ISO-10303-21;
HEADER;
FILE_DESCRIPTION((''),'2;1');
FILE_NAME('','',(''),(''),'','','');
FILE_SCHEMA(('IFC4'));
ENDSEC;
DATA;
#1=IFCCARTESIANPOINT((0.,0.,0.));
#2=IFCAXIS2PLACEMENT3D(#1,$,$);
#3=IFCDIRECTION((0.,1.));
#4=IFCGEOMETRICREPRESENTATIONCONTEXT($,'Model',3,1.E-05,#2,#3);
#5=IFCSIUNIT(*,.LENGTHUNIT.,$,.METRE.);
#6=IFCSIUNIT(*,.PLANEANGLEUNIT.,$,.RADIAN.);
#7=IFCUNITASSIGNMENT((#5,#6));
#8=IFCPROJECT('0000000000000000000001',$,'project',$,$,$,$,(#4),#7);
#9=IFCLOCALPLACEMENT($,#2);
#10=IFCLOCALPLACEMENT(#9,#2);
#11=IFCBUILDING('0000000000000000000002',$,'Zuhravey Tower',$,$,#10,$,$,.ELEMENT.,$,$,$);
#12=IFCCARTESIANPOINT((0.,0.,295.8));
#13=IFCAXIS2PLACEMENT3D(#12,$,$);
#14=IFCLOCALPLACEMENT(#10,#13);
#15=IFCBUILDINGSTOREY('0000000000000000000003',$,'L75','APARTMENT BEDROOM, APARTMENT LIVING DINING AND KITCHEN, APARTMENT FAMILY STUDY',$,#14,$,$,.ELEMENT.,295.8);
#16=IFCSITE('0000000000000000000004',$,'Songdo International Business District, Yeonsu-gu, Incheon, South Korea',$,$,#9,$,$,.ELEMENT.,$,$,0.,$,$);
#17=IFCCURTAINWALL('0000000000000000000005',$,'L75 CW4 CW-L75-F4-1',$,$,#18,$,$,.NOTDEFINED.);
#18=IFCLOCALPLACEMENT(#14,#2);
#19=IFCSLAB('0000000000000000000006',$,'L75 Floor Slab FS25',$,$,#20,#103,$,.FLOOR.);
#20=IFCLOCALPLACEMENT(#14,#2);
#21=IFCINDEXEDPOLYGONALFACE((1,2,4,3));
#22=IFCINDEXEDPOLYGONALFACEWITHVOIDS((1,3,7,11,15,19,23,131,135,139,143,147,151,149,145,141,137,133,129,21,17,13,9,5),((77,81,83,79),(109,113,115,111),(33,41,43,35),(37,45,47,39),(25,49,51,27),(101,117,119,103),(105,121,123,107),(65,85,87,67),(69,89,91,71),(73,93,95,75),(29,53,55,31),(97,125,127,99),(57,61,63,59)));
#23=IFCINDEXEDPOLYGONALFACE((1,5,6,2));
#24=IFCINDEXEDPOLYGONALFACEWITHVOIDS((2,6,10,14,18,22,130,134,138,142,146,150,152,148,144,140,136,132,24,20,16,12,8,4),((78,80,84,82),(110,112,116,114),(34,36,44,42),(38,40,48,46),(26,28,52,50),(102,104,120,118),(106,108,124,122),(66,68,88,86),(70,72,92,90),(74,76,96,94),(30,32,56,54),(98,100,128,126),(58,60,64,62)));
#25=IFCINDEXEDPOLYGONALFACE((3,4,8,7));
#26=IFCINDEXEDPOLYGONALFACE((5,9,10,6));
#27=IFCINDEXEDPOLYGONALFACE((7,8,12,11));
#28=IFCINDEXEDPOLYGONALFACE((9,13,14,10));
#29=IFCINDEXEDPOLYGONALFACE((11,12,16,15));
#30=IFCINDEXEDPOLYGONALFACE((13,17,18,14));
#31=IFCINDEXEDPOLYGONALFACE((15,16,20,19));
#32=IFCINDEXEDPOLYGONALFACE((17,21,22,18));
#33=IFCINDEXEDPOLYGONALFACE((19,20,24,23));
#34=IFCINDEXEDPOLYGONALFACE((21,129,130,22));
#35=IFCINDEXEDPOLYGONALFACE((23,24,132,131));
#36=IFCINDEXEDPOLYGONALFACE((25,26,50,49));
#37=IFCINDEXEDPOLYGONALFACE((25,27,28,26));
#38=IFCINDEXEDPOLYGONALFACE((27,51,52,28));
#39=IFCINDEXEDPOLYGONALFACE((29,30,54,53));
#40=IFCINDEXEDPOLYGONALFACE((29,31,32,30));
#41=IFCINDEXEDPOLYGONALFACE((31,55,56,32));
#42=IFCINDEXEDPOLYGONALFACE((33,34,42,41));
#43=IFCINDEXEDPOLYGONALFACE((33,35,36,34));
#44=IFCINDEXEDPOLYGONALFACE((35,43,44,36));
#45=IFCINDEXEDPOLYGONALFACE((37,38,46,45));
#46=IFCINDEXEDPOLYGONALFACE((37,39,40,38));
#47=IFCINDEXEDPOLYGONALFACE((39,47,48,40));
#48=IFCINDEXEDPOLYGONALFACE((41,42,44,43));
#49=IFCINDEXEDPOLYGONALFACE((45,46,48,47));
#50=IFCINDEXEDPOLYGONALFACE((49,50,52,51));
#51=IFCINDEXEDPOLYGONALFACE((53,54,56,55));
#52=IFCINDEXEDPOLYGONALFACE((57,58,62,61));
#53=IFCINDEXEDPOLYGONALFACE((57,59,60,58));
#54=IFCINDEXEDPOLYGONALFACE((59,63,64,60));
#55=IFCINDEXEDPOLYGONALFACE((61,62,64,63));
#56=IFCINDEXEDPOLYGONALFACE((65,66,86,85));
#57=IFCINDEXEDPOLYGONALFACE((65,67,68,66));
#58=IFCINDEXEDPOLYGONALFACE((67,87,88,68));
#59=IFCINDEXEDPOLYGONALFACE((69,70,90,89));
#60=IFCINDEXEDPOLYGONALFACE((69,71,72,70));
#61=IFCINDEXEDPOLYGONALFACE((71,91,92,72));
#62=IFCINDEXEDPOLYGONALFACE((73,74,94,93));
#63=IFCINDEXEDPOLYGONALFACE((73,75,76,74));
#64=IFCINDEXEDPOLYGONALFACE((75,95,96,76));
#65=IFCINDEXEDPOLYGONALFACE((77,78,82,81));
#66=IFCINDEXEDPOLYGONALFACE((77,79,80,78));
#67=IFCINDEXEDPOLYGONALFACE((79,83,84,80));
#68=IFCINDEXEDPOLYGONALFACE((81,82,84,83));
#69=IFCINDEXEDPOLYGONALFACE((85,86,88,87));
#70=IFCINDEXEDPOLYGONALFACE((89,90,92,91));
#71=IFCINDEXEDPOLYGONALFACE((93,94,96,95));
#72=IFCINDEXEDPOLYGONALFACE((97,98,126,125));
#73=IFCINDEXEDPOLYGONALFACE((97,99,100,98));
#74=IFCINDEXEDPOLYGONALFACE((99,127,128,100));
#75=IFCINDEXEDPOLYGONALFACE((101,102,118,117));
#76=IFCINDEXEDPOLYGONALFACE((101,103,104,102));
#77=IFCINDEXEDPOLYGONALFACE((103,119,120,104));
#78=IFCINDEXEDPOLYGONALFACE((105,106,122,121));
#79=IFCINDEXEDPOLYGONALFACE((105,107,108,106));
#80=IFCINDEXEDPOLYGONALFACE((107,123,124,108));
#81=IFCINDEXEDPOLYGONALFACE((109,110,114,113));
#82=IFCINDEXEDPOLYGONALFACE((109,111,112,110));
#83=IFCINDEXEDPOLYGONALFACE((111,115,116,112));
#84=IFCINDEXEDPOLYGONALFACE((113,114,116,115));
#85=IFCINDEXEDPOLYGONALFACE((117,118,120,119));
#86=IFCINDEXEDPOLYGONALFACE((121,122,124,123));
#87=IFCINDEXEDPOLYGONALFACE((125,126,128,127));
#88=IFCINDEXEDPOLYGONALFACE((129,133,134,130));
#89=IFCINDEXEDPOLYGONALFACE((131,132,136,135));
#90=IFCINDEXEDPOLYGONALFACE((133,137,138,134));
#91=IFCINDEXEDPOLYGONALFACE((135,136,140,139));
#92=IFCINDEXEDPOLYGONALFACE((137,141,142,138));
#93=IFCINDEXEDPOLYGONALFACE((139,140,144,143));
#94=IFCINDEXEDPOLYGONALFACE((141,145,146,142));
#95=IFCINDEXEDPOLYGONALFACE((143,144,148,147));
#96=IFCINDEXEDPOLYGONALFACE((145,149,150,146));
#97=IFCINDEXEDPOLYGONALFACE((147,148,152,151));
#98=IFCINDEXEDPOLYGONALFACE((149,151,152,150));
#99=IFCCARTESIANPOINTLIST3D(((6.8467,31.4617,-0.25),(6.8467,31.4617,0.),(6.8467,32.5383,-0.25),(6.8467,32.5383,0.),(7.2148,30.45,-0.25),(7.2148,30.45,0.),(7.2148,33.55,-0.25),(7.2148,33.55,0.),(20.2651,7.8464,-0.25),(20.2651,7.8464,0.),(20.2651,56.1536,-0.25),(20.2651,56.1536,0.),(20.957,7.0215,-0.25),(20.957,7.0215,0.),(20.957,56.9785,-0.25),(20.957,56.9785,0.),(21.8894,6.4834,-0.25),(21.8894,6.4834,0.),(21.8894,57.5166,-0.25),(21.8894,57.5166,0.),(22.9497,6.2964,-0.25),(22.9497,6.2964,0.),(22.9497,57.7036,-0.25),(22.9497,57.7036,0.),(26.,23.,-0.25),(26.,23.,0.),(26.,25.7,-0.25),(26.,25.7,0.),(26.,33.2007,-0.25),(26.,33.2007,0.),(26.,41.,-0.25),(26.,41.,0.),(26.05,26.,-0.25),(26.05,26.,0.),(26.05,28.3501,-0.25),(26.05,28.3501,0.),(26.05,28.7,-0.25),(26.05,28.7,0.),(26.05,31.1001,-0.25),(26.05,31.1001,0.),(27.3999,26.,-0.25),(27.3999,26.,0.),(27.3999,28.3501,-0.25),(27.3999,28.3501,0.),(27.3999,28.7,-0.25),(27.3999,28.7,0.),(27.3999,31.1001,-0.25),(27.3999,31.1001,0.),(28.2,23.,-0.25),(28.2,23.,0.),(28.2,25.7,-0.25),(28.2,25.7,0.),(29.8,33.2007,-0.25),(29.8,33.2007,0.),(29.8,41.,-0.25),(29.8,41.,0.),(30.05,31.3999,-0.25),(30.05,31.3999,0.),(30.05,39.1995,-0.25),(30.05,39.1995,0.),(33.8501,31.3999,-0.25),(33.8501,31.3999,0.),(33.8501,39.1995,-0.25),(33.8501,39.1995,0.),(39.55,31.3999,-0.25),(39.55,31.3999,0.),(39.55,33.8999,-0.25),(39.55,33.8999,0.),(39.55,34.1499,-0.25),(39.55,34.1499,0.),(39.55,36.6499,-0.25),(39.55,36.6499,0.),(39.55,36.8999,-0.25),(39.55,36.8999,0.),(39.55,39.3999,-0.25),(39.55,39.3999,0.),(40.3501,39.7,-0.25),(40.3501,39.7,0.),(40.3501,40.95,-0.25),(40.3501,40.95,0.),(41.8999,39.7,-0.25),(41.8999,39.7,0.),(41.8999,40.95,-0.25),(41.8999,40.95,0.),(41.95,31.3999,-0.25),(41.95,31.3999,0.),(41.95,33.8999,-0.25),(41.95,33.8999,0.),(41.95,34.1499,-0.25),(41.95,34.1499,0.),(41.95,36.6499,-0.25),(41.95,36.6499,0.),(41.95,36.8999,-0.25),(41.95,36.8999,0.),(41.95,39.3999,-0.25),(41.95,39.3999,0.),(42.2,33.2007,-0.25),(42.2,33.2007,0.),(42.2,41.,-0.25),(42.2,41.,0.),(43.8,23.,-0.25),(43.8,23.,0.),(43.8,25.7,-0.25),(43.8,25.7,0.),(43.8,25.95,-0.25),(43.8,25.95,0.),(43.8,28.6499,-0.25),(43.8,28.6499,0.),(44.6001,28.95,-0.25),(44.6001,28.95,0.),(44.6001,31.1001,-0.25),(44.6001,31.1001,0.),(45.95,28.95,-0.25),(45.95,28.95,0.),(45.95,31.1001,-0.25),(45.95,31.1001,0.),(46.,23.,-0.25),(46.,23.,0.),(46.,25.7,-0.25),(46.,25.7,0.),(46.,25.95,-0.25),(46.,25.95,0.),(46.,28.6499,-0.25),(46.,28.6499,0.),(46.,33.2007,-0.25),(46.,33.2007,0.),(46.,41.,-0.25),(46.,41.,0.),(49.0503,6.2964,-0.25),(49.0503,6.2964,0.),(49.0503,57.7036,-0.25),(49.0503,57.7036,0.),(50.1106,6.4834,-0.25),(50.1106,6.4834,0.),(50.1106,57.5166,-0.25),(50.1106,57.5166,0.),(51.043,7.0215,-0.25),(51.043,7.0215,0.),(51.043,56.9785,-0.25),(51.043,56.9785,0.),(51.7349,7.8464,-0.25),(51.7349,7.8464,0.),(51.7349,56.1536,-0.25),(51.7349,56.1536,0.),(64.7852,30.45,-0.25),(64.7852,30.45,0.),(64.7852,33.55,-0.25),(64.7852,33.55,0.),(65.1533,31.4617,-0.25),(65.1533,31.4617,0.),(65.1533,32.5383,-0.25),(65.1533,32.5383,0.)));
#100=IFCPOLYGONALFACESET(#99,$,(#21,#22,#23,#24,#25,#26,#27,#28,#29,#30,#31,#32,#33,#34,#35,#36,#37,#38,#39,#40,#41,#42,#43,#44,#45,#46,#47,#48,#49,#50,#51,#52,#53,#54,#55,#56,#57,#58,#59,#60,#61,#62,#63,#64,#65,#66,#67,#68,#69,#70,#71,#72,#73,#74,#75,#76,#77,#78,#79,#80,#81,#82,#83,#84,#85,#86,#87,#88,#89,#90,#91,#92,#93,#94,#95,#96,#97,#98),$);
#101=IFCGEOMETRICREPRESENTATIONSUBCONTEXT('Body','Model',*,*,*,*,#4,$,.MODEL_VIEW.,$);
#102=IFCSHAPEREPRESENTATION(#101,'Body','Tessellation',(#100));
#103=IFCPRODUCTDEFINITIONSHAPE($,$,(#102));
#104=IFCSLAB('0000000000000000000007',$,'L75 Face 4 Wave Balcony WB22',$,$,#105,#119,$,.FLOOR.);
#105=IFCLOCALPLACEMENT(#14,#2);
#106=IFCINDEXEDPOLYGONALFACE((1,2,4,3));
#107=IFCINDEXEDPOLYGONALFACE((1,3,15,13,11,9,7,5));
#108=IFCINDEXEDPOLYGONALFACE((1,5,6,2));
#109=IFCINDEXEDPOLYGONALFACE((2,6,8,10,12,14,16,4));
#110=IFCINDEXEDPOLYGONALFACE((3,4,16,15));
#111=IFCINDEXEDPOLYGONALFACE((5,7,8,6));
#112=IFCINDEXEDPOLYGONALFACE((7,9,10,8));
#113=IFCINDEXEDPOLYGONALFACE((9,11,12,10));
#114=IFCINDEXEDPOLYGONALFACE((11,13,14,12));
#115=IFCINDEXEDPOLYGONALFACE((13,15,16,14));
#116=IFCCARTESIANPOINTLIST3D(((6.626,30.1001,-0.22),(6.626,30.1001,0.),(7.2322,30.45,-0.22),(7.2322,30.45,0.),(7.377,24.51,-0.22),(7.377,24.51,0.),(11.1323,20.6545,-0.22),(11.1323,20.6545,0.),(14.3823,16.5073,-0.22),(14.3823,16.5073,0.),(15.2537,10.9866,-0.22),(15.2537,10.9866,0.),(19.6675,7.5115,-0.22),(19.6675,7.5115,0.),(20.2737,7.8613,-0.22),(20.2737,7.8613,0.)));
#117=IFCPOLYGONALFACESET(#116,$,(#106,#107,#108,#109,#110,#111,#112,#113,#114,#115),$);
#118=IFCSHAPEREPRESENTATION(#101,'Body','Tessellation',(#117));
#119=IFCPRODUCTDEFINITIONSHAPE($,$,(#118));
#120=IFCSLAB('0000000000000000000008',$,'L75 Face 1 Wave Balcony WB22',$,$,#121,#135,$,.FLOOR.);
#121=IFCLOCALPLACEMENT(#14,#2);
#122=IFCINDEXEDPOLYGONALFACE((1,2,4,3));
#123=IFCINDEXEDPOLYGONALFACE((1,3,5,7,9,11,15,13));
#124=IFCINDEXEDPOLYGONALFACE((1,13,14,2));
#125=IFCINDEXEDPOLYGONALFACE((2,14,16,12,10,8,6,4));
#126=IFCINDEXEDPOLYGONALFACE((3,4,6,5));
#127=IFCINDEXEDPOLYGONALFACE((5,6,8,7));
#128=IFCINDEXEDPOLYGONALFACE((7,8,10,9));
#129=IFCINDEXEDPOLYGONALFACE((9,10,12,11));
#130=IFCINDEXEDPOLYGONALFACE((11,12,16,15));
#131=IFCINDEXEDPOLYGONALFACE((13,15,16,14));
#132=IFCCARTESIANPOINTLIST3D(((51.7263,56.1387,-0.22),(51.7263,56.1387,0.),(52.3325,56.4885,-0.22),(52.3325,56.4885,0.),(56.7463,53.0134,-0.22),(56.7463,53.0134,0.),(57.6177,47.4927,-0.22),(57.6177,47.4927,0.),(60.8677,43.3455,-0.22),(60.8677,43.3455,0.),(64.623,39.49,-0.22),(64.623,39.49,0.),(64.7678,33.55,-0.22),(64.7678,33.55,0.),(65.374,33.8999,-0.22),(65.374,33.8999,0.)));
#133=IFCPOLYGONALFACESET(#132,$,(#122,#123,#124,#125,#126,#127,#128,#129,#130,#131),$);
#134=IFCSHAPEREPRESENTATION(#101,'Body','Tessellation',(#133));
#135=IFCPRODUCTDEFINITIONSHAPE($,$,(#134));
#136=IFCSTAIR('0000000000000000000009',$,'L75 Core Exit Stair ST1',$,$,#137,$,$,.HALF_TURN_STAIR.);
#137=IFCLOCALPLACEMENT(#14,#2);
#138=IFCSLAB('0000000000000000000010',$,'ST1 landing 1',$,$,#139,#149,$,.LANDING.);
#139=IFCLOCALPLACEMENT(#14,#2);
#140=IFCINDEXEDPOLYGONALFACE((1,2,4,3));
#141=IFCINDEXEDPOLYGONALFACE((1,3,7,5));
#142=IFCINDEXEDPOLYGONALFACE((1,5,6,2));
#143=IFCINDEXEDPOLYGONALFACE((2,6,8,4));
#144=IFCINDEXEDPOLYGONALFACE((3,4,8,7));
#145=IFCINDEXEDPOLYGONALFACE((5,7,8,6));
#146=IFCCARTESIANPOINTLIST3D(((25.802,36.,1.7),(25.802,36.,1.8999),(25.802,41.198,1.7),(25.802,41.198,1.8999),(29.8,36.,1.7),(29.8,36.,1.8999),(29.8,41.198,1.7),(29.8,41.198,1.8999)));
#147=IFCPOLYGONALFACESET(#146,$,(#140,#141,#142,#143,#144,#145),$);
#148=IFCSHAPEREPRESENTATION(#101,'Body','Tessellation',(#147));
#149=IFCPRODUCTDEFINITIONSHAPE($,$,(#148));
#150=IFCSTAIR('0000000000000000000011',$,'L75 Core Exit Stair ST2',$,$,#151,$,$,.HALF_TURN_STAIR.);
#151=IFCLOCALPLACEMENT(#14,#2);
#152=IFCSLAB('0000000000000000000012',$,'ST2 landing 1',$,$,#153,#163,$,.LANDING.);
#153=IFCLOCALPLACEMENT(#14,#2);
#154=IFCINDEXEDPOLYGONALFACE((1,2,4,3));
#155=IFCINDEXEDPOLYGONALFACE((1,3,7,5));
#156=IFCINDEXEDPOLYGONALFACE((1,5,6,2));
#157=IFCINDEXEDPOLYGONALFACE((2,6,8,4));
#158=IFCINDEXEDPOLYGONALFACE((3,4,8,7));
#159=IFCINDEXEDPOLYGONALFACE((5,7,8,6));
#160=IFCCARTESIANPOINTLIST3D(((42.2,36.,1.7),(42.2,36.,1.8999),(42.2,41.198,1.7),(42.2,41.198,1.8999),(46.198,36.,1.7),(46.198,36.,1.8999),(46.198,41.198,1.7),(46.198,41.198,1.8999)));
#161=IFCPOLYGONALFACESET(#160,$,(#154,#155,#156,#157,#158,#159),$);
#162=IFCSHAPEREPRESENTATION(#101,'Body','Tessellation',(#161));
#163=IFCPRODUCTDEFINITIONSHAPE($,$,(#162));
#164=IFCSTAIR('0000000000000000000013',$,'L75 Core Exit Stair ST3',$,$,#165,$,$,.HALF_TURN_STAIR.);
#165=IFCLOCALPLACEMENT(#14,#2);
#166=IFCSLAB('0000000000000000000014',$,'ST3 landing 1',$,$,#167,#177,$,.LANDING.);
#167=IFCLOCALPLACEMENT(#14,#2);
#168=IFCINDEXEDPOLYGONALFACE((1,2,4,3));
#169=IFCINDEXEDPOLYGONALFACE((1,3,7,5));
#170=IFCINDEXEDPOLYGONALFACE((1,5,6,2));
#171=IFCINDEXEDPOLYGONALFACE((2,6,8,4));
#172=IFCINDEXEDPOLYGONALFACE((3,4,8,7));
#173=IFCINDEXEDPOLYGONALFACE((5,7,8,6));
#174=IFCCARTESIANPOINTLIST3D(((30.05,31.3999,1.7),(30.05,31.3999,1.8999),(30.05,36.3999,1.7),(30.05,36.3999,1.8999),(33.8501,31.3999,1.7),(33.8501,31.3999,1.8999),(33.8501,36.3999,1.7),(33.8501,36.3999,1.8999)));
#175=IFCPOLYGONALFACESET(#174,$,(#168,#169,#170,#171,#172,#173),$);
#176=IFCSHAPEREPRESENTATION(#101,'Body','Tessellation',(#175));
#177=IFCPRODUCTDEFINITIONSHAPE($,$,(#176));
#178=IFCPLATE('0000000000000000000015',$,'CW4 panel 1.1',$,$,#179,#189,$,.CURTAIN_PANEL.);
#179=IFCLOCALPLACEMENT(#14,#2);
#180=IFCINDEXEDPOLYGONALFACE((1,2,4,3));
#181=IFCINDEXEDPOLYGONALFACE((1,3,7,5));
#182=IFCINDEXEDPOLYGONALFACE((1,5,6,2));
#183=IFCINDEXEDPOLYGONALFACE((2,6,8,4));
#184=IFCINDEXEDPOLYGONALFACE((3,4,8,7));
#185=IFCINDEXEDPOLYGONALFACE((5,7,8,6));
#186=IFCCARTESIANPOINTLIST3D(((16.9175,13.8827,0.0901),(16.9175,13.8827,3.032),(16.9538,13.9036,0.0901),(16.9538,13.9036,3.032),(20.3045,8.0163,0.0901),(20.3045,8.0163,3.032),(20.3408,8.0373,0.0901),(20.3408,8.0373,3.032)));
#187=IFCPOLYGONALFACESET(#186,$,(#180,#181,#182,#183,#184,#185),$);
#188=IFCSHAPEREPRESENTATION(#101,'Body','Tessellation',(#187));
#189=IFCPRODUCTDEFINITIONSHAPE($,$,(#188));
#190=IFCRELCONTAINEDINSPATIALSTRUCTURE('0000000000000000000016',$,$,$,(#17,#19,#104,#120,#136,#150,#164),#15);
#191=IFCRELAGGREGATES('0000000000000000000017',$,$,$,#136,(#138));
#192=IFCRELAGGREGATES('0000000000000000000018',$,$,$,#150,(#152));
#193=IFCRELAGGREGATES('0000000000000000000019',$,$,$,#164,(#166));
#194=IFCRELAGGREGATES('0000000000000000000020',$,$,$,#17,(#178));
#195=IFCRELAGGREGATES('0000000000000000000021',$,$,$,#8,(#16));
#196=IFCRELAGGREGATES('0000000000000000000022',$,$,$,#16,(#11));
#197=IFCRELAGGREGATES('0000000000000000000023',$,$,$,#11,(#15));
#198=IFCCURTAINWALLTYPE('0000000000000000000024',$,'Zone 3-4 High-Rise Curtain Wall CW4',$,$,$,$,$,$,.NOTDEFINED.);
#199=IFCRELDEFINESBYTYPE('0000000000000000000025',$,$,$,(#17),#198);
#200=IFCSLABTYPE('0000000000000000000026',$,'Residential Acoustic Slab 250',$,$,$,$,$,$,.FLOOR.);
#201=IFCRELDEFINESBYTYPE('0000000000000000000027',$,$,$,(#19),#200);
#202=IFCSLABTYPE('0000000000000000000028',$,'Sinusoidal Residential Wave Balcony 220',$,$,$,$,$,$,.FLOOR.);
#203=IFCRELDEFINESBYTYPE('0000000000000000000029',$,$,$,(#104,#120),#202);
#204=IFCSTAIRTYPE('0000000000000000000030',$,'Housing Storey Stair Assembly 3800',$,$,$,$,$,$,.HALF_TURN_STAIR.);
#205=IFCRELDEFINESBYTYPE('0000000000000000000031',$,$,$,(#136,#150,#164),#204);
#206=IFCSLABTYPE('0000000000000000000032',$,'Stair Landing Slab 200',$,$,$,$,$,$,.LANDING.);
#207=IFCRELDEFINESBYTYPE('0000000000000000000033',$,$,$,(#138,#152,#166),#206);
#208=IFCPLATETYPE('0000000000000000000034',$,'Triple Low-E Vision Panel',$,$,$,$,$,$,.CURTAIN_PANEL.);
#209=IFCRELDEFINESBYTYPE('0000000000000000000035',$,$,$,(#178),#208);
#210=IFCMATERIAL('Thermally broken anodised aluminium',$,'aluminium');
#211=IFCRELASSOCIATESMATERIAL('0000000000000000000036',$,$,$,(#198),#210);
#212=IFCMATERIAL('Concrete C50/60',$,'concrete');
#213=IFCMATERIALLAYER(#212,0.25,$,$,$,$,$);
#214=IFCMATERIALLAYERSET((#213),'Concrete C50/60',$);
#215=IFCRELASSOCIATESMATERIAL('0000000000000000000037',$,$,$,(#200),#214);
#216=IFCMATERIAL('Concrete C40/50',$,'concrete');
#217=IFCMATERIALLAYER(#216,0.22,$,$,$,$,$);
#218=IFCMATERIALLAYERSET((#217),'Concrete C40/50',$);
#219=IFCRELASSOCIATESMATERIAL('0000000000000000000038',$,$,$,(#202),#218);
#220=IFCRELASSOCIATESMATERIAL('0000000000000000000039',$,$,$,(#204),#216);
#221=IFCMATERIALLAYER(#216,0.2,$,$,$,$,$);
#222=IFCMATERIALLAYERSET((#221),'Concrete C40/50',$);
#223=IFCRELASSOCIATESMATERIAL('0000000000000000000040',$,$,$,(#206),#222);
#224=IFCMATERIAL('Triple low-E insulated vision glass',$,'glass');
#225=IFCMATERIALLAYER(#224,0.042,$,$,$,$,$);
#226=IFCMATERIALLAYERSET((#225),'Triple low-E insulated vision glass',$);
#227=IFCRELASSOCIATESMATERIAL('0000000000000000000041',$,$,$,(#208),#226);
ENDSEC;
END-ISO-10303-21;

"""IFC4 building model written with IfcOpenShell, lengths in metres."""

from ifc_helpers import new_model, si_unit, direction, frame, origin, origin_2d, place, context, subcontext, project, spatial, polyline, rectangle, outline, extrude, material, layer, layer_set, type_object, element, aggregate, save


model = new_model("IFC4")

# Units and contexts
model_context = context("Model", 3, precision=1e-05, world=origin(), true_north=direction((0.0, 1.0)))
body_context = subcontext(model_context, "Body", "Model", "MODEL_VIEW")
ifc_project = project(units=[si_unit("LENGTHUNIT", "METRE"), si_unit("PLANEANGLEUNIT", "RADIAN")], contexts=[model_context])

# Site, building, storey
site_placement = place(None, origin())
site = spatial("IfcSite", under=ifc_project, at=site_placement, Name="Songdo International Business District, Yeonsu-gu, Incheon, South Korea", CompositionType="ELEMENT", RefElevation=0.0)
building_placement = place(site_placement, origin())
building = spatial("IfcBuilding", under=site, at=building_placement, Name="Zuhravey Tower", CompositionType="ELEMENT")
storey_placement = place(building_placement, frame((0.0, 0.0, 295.8)))
storey = spatial("IfcBuildingStorey", under=building, at=storey_placement, Name="L75", Description="APARTMENT BEDROOM, APARTMENT LIVING DINING AND KITCHEN, APARTMENT FAMILY STUDY", CompositionType="ELEMENT", Elevation=295.8)

# Shared definitions
ifc_material_1 = material(Name="Concrete C50/60", Category="concrete")

# Curtain wall
ifc_material_2 = material(Name="Thermally broken anodised aluminium", Category="aluminium")
curtain_wall_type = type_object("IfcCurtainWallType", Name="Zone 3-4 High-Rise Curtain Wall CW4", PredefinedType="NOTDEFINED", material=ifc_material_2)
curtain_wall_1_placement = place(storey_placement, origin())
curtain_wall_1 = element("IfcCurtainWall", 1, at=curtain_wall_1_placement, inside=storey, type_object=curtain_wall_type, Name="L75 CW4 CW-L75-F4-1", PredefinedType="NOTDEFINED")

# Slabs
ifc_layer_1 = layer(ifc_material_1, 0.25)
ifc_layer_set_1 = layer_set([ifc_layer_1], Name="Concrete C50/60")
slab_type_1 = type_object("IfcSlabType", Name="Residential Acoustic Slab 250", PredefinedType="FLOOR", material=ifc_layer_set_1)
slab_1_placement = place(storey_placement, frame((0.0, 0.0, -0.25)))
element("IfcSlab", 2, at=slab_1_placement, inside=storey, type_object=slab_type_1, Name="L75 Floor Slab FS25", PredefinedType="FLOOR", context=body_context, shape_type="SweptSolid", body=[
    extrude(outline(polyline([(64.7852, 30.45), (65.1533, 31.4617), (65.1533, 32.5383), (64.7852, 33.55), (51.7349, 56.1536), (51.043, 56.9785), (50.1106, 57.5166), (49.0503, 57.7036), (22.9497, 57.7036), (21.8894, 57.5166), (20.957, 56.9785), (20.2651, 56.1536), (7.2148, 33.55), (6.8467, 32.5383), (6.8467, 31.4617), (7.2148, 30.45), (20.2651, 7.8464), (20.957, 7.0215), (21.8894, 6.4834), (22.9497, 6.2964), (49.0503, 6.2964), (50.1106, 6.4834), (51.043, 7.0215), (51.7349, 7.8464), (64.7852, 30.45)]), holes=[polyline([(29.8, 33.2007), (29.8, 41.0), (26.0, 41.0), (26.0, 33.2007), (29.8, 33.2007)]), polyline([(46.0, 33.2007), (46.0, 41.0), (42.2, 41.0), (42.2, 33.2007), (46.0, 33.2007)]), polyline([(30.05, 39.1995), (30.05, 31.3999), (33.8501, 31.3999), (33.8501, 39.1995), (30.05, 39.1995)]), polyline([(39.55, 31.3999), (41.95, 31.3999), (41.95, 33.8999), (39.55, 33.8999), (39.55, 31.3999)]), polyline([(39.55, 34.1499), (41.95, 34.1499), (41.95, 36.6499), (39.55, 36.6499), (39.55, 34.1499)]), polyline([(39.55, 36.8999), (41.95, 36.8999), (41.95, 39.3999), (39.55, 39.3999), (39.55, 36.8999)]), polyline([(26.0, 23.0), (28.2, 23.0), (28.2, 25.7), (26.0, 25.7), (26.0, 23.0)]), polyline([(43.8, 23.0), (46.0, 23.0), (46.0, 25.7), (43.8, 25.7), (43.8, 23.0)]), polyline([(43.8, 25.95), (46.0, 25.95), (46.0, 28.6499), (43.8, 28.6499), (43.8, 25.95)]), polyline([(26.05, 26.0), (27.3999, 26.0), (27.3999, 28.3501), (26.05, 28.3501), (26.05, 26.0)]), polyline([(26.05, 28.7), (27.3999, 28.7), (27.3999, 31.1001), (26.05, 31.1001), (26.05, 28.7)]), polyline([(44.6001, 28.95), (45.95, 28.95), (45.95, 31.1001), (44.6001, 31.1001), (44.6001, 28.95)]), polyline([(40.3501, 39.7), (41.8999, 39.7), (41.8999, 40.95), (40.3501, 40.95), (40.3501, 39.7)])]), origin(), (0.0, 0.0, 1.0), 0.25),
])
ifc_material_3 = material(Name="Concrete C40/50", Category="concrete")
ifc_layer_2 = layer(ifc_material_3, 0.22)
ifc_layer_set_2 = layer_set([ifc_layer_2], Name="Concrete C40/50")
slab_type_2 = type_object("IfcSlabType", Name="Sinusoidal Residential Wave Balcony 220", PredefinedType="FLOOR", material=ifc_layer_set_2)
slab_2_placement = place(storey_placement, frame((0.0, 0.0, -0.22)))
element("IfcSlab", 3, at=slab_2_placement, inside=storey, type_object=slab_type_2, Name="L75 Face 4 Wave Balcony WB22", PredefinedType="FLOOR", context=body_context, shape_type="SweptSolid", body=[
    extrude(outline(polyline([(7.2322, 30.45), (20.2737, 7.8613), (19.6675, 7.5115), (15.2537, 10.9866), (14.3823, 16.5073), (11.1323, 20.6545), (7.377, 24.51), (6.626, 30.1001), (7.2322, 30.45)])), origin(), (0.0, 0.0, 1.0), 0.22),
])
slab_3_placement = place(storey_placement, frame((0.0, 0.0, -0.22)))
element("IfcSlab", 4, at=slab_3_placement, inside=storey, type_object=slab_type_2, Name="L75 Face 1 Wave Balcony WB22", PredefinedType="FLOOR", context=body_context, shape_type="SweptSolid", body=[
    extrude(outline(polyline([(64.7678, 33.55), (51.7263, 56.1387), (52.3325, 56.4885), (56.7463, 53.0134), (57.6177, 47.4927), (60.8677, 43.3455), (64.623, 39.49), (65.374, 33.8999), (64.7678, 33.55)])), origin(), (0.0, 0.0, 1.0), 0.22),
])

# Stairs, slabs
stair_type = type_object("IfcStairType", Name="Housing Storey Stair Assembly 3800", PredefinedType="HALF_TURN_STAIR", material=ifc_material_3)
stair_1_placement = place(storey_placement, origin())
stair_1 = element("IfcStair", 5, at=stair_1_placement, inside=storey, type_object=stair_type, Name="L75 Core Exit Stair ST1", PredefinedType="HALF_TURN_STAIR")
ifc_layer_3 = layer(ifc_material_3, 0.2)
ifc_layer_set_3 = layer_set([ifc_layer_3], Name="Concrete C40/50")
slab_type_3 = type_object("IfcSlabType", Name="Stair Landing Slab 200", PredefinedType="LANDING", material=ifc_layer_set_3)
slab_4_placement = place(storey_placement, frame((0.0, 0.0, 1.7)))
slab_4 = element("IfcSlab", 6, at=slab_4_placement, type_object=slab_type_3, Name="ST1 landing 1", PredefinedType="LANDING", context=body_context, shape_type="SweptSolid", body=[
    extrude(outline(polyline([(29.8, 36.0), (29.8, 41.198), (25.802, 41.198), (25.802, 36.0), (29.8, 36.0)])), origin(), (0.0, 0.0, 1.0), 0.2),
])
aggregate(stair_1, [slab_4])
stair_2_placement = place(storey_placement, origin())
stair_2 = element("IfcStair", 7, at=stair_2_placement, inside=storey, type_object=stair_type, Name="L75 Core Exit Stair ST2", PredefinedType="HALF_TURN_STAIR")
slab_5_placement = place(storey_placement, frame((0.0, 0.0, 1.7)))
slab_5 = element("IfcSlab", 8, at=slab_5_placement, type_object=slab_type_3, Name="ST2 landing 1", PredefinedType="LANDING", context=body_context, shape_type="SweptSolid", body=[
    extrude(outline(polyline([(46.198, 36.0), (46.198, 41.198), (42.2, 41.198), (42.2, 36.0), (46.198, 36.0)])), origin(), (0.0, 0.0, 1.0), 0.2),
])
aggregate(stair_2, [slab_5])
stair_3_placement = place(storey_placement, origin())
stair_3 = element("IfcStair", 9, at=stair_3_placement, inside=storey, type_object=stair_type, Name="L75 Core Exit Stair ST3", PredefinedType="HALF_TURN_STAIR")
slab_6_placement = place(storey_placement, frame((0.0, 0.0, 1.7)))
slab_6 = element("IfcSlab", 10, at=slab_6_placement, type_object=slab_type_3, Name="ST3 landing 1", PredefinedType="LANDING", context=body_context, shape_type="SweptSolid", body=[
    extrude(outline(polyline([(30.05, 36.3999), (30.05, 31.3999), (33.8501, 31.3999), (33.8501, 36.3999), (30.05, 36.3999)])), origin(), (0.0, 0.0, 1.0), 0.2),
])
aggregate(stair_3, [slab_6])

# Plate
ifc_material_4 = material(Name="Triple low-E insulated vision glass", Category="glass")
ifc_layer_4 = layer(ifc_material_4, 0.042)
ifc_layer_set_4 = layer_set([ifc_layer_4], Name="Triple low-E insulated vision glass")
plate_type = type_object("IfcPlateType", Name="Triple Low-E Vision Panel", PredefinedType="CURTAIN_PANEL", material=ifc_layer_set_4)
plate_placement = place(storey_placement, frame((18.6292, 10.96, 0.0901), z_axis=(0.0, 0.0, 1.0), x_axis=(-0.500003, 0.866024, 0.0)))
plate = element("IfcPlate", 11, at=plate_placement, type_object=plate_type, Name="CW4 panel 1.1", PredefinedType="CURTAIN_PANEL", context=body_context, shape_type="SweptSolid", body=[
    extrude(rectangle(XDim=6.7739, YDim=0.042, at=origin_2d()), origin(), (0.0, 0.0, 1.0), 2.9419),
])
aggregate(curtain_wall_1, [plate])

save(model, "model.ifc")
